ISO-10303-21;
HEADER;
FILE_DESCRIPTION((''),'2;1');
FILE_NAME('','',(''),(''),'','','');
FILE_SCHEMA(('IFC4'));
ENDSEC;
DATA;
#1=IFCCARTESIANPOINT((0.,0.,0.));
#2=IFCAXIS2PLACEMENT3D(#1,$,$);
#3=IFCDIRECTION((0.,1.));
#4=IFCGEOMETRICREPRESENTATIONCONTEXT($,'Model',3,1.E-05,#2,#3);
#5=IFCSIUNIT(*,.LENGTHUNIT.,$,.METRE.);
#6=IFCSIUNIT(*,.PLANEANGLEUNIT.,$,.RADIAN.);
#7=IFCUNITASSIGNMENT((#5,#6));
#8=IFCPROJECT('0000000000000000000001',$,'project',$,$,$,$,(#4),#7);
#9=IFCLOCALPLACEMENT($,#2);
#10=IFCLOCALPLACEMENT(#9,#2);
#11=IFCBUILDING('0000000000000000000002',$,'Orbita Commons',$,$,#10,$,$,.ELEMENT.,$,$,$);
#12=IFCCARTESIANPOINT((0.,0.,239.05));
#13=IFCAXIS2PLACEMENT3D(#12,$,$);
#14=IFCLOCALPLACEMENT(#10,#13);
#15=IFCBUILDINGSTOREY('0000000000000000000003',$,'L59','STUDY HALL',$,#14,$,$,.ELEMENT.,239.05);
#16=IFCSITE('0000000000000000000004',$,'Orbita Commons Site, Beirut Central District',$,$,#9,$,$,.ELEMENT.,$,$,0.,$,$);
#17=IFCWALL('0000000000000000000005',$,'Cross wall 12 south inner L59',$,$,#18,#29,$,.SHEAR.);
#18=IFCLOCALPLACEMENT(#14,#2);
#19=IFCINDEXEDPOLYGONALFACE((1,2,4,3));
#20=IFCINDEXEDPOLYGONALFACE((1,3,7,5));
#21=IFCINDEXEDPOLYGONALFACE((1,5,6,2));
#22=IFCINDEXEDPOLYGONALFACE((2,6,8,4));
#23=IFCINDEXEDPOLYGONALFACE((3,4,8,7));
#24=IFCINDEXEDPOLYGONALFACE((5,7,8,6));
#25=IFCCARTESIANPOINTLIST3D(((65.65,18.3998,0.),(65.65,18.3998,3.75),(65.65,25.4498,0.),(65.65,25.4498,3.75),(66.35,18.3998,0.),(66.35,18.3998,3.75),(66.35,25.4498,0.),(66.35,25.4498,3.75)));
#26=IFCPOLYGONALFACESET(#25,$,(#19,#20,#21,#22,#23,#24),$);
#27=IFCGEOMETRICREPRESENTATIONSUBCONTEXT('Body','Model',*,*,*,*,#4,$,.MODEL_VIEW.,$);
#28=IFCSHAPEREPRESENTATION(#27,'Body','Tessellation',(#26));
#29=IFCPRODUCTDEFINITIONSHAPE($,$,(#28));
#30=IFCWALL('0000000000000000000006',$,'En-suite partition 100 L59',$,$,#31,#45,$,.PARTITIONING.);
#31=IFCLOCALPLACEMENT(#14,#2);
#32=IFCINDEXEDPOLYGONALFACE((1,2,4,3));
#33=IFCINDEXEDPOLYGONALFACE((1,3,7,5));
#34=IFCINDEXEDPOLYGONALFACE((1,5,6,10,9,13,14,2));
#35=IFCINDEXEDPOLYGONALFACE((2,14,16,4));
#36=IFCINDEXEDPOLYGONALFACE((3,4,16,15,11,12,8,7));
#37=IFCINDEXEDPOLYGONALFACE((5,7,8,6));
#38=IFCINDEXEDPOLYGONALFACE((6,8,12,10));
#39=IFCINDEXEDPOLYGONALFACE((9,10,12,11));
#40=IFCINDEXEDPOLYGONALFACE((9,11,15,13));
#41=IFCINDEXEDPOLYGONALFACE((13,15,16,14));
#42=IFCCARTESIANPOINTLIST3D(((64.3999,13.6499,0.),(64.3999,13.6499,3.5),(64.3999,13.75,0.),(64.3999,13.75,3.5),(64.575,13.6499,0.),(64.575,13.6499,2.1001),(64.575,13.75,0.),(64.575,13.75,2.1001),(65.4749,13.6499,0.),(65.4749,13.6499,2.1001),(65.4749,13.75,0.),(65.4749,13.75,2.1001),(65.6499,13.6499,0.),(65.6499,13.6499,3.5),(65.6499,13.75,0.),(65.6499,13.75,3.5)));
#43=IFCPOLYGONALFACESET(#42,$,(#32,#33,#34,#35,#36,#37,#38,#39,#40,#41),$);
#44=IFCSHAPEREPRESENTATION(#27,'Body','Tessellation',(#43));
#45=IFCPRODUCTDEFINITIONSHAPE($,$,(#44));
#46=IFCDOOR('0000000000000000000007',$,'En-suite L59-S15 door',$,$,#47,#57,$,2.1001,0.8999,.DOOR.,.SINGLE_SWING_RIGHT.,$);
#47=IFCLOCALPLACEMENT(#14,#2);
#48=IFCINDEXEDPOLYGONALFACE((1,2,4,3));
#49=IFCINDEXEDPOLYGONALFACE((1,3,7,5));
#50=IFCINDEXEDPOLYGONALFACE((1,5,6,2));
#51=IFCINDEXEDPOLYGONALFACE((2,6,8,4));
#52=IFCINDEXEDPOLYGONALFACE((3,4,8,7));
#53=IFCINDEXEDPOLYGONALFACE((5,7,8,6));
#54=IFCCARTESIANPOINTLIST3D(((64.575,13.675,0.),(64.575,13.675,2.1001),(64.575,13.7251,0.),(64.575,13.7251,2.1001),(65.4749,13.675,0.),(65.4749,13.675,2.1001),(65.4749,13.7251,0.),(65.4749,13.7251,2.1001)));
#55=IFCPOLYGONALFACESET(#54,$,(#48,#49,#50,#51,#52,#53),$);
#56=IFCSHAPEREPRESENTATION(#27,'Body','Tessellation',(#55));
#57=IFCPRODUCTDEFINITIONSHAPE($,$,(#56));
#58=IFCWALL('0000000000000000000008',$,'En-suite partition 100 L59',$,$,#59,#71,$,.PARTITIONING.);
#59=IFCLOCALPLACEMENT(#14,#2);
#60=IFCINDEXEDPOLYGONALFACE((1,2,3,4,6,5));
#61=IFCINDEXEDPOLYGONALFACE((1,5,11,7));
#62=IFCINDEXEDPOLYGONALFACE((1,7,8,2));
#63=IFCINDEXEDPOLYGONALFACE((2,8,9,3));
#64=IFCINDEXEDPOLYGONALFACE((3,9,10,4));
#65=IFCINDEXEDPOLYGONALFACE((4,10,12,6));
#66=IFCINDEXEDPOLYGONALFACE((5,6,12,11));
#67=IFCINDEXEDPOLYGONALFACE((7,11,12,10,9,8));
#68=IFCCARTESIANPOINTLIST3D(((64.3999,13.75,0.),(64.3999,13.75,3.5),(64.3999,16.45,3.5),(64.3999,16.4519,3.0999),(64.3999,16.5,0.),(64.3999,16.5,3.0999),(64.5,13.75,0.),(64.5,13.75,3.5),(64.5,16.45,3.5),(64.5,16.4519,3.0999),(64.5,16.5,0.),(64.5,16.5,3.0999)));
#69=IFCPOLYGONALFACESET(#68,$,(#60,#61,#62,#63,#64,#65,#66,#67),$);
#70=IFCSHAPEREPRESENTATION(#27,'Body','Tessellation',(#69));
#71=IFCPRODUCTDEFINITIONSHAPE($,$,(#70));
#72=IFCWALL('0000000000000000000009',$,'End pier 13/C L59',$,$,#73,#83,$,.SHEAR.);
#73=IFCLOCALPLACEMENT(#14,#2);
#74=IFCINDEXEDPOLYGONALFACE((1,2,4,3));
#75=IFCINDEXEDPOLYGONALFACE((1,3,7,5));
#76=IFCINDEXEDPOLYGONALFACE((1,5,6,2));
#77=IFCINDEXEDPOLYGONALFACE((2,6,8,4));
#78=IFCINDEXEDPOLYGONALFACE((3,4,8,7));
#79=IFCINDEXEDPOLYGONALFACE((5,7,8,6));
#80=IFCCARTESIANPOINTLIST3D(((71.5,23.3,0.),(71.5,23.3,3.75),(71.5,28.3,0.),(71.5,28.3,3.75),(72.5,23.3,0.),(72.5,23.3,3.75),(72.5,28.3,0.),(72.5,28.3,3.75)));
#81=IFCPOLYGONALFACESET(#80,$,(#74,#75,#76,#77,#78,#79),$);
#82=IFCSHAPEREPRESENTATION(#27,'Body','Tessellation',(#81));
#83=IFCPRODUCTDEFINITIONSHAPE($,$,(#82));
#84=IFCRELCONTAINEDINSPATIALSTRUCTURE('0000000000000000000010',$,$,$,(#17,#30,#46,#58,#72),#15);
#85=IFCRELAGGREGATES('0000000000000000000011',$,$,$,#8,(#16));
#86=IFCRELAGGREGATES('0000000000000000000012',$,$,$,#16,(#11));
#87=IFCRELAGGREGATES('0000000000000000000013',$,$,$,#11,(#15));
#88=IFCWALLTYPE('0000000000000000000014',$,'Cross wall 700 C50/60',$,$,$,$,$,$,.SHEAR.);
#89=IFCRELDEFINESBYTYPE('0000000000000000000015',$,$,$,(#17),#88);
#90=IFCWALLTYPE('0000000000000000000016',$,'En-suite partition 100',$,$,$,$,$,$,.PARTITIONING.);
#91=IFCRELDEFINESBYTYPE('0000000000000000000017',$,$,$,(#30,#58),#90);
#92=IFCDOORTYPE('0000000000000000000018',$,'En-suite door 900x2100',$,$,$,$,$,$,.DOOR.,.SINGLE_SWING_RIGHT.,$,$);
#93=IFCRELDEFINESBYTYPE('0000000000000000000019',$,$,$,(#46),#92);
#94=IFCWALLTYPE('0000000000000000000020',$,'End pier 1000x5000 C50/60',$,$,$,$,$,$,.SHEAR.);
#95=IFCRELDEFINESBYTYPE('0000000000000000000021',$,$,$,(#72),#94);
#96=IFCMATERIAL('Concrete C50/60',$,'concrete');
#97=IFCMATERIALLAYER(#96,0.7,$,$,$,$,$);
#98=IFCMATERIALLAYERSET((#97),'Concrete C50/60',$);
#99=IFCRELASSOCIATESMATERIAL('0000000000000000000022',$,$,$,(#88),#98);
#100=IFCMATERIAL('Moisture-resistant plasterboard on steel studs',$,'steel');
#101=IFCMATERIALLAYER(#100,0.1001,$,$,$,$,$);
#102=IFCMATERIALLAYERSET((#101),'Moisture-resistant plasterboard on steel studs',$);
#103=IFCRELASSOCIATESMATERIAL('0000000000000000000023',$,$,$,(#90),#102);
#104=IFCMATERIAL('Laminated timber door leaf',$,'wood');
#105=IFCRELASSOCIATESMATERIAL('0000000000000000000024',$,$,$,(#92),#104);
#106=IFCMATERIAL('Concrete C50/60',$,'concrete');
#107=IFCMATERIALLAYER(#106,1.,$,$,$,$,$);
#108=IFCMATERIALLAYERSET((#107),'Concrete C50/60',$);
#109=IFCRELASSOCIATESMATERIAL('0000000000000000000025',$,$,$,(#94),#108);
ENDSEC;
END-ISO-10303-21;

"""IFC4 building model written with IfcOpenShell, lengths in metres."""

from ifc_helpers import new_model, si_unit, direction, frame, frame_2d, origin, place, context, subcontext, project, spatial, polyline, rectangle, outline, extrude, material, layer, layer_set, type_object, element, fill, save


model = new_model("IFC4")

# Units and contexts
model_context = context("Model", 3, precision=1e-05, world=origin(), true_north=direction((0.0, 1.0)))
body_context = subcontext(model_context, "Body", "Model", "MODEL_VIEW")
ifc_project = project(units=[si_unit("LENGTHUNIT", "METRE"), si_unit("PLANEANGLEUNIT", "RADIAN")], contexts=[model_context])

# Site, building, storey
site_placement = place(None, origin())
site = spatial("IfcSite", under=ifc_project, at=site_placement, Name="Orbita Commons Site, Beirut Central District", CompositionType="ELEMENT", RefElevation=0.0)
building_placement = place(site_placement, origin())
building = spatial("IfcBuilding", under=site, at=building_placement, Name="Orbita Commons", CompositionType="ELEMENT")
storey_placement = place(building_placement, frame((0.0, 0.0, 239.05)))
storey = spatial("IfcBuildingStorey", under=building, at=storey_placement, Name="L59", Description="STUDY HALL", CompositionType="ELEMENT", Elevation=239.05)

# Wall
ifc_material_1 = material(Name="Concrete C50/60", Category="concrete")
ifc_layer_1 = layer(ifc_material_1, 0.7)
ifc_layer_set_1 = layer_set([ifc_layer_1], Name="Concrete C50/60")
wall_type_1 = type_object("IfcWallType", Name="Cross wall 700 C50/60", PredefinedType="SHEAR", material=ifc_layer_set_1)
wall_1_placement = place(storey_placement, frame((66.0, 18.3999, 0.0), z_axis=(0.0, 0.0, 1.0), x_axis=(0.0, 1.0, 0.0)))
element("IfcWall", 1, at=wall_1_placement, inside=storey, type_object=wall_type_1, Name="Cross wall 12 south inner L59", PredefinedType="SHEAR", context=body_context, shape_type="SweptSolid", body=[
    extrude(rectangle(XDim=7.05, YDim=0.7, at=frame_2d((3.5249, 0.0))), origin(), (0.0, 0.0, 1.0), 3.75),
])

# Wall, opening, door
ifc_material_2 = material(Name="Moisture-resistant plasterboard on steel studs", Category="steel")
ifc_layer_2 = layer(ifc_material_2, 0.1001)
ifc_layer_set_2 = layer_set([ifc_layer_2], Name="Moisture-resistant plasterboard on steel studs")
wall_type_2 = type_object("IfcWallType", Name="En-suite partition 100", PredefinedType="PARTITIONING", material=ifc_layer_set_2)
wall_2_placement = place(storey_placement, frame((65.6499, 13.7, 0.0), z_axis=(0.0, 0.0, 1.0), x_axis=(-1.0, 0.0, 0.0)))
wall_2 = element("IfcWall", 2, at=wall_2_placement, inside=storey, type_object=wall_type_2, Name="En-suite partition 100 L59", PredefinedType="PARTITIONING", context=body_context, shape_type="SweptSolid", body=[
    extrude(rectangle(XDim=1.25, YDim=0.1001, at=frame_2d((0.625, 0.0))), origin(), (0.0, 0.0, 1.0), 3.5),
])
opening_1_placement = place(wall_2_placement, frame((0.175, 0.0, 0.0)))
opening_1 = element("IfcOpeningElement", 3, at=opening_1_placement, cuts=wall_2, PredefinedType="OPENING", context=body_context, shape_type="SweptSolid", body=[
    extrude(rectangle(XDim=0.8999, YDim=2.1001, at=frame_2d((0.45, 1.05))), frame((0.0, 0.0601, 0.0), z_axis=(0.0, -1.0, 0.0), x_axis=(1.0, 0.0, 0.0)), (0.0, 0.0, 1.0), 0.1201),
])
ifc_material_3 = material(Name="Laminated timber door leaf", Category="wood")
door_type_1 = type_object("IfcDoorType", Name="En-suite door 900x2100", OperationType="SINGLE_SWING_RIGHT", PredefinedType="DOOR", material=ifc_material_3)
door_1_placement = place(opening_1_placement, origin())
door_1 = element("IfcDoor", 4, at=door_1_placement, inside=storey, type_object=door_type_1, Name="En-suite L59-S15 door", OperationType="SINGLE_SWING_RIGHT", OverallHeight=2.1001, OverallWidth=0.8999, PredefinedType="DOOR", context=body_context, shape_type="SweptSolid", body=[
    extrude(rectangle(XDim=0.8999, YDim=2.1001, at=frame_2d((0.45, 1.05))), frame((0.0, 0.0249, 0.0), z_axis=(0.0, -1.0, 0.0), x_axis=(1.0, 0.0, 0.0)), (0.0, 0.0, 1.0), 0.05),
])
fill(opening_1, door_1)

# Walls
wall_3_placement = place(storey_placement, frame((64.45, 13.75, 0.0), z_axis=(0.0, 0.0, 1.0), x_axis=(0.0, 1.0, 0.0)))
element("IfcWall", 5, at=wall_3_placement, inside=storey, type_object=wall_type_2, Name="En-suite partition 100 L59", PredefinedType="PARTITIONING", context=body_context, shape_type="SweptSolid", body=[
    extrude(outline(polyline([(0.0, 0.0), (2.75, 0.0), (2.75, 3.0999), (2.7019, 3.0999), (2.7, 3.5), (0.0, 3.5), (0.0, 0.0)])), frame((0.0, 0.05, 0.0), z_axis=(0.0, -1.0, 0.0), x_axis=(1.0, 0.0, 0.0)), (0.0, 0.0, 1.0), 0.1001),
])
ifc_material_4 = material(Name="Concrete C50/60", Category="concrete")
ifc_layer_3 = layer(ifc_material_4, 1.0)
ifc_layer_set_3 = layer_set([ifc_layer_3], Name="Concrete C50/60")
wall_type_3 = type_object("IfcWallType", Name="End pier 1000x5000 C50/60", PredefinedType="SHEAR", material=ifc_layer_set_3)
wall_4_placement = place(storey_placement, frame((72.0, 23.3, 0.0), z_axis=(0.0, 0.0, 1.0), x_axis=(0.0, 1.0, 0.0)))
element("IfcWall", 6, at=wall_4_placement, inside=storey, type_object=wall_type_3, Name="End pier 13/C L59", PredefinedType="SHEAR", context=body_context, shape_type="SweptSolid", body=[
    extrude(rectangle(XDim=5.0, YDim=1.0, at=frame_2d((2.5, 0.0))), origin(), (0.0, 0.0, 1.0), 3.75),
])

save(model, "model.ifc")
